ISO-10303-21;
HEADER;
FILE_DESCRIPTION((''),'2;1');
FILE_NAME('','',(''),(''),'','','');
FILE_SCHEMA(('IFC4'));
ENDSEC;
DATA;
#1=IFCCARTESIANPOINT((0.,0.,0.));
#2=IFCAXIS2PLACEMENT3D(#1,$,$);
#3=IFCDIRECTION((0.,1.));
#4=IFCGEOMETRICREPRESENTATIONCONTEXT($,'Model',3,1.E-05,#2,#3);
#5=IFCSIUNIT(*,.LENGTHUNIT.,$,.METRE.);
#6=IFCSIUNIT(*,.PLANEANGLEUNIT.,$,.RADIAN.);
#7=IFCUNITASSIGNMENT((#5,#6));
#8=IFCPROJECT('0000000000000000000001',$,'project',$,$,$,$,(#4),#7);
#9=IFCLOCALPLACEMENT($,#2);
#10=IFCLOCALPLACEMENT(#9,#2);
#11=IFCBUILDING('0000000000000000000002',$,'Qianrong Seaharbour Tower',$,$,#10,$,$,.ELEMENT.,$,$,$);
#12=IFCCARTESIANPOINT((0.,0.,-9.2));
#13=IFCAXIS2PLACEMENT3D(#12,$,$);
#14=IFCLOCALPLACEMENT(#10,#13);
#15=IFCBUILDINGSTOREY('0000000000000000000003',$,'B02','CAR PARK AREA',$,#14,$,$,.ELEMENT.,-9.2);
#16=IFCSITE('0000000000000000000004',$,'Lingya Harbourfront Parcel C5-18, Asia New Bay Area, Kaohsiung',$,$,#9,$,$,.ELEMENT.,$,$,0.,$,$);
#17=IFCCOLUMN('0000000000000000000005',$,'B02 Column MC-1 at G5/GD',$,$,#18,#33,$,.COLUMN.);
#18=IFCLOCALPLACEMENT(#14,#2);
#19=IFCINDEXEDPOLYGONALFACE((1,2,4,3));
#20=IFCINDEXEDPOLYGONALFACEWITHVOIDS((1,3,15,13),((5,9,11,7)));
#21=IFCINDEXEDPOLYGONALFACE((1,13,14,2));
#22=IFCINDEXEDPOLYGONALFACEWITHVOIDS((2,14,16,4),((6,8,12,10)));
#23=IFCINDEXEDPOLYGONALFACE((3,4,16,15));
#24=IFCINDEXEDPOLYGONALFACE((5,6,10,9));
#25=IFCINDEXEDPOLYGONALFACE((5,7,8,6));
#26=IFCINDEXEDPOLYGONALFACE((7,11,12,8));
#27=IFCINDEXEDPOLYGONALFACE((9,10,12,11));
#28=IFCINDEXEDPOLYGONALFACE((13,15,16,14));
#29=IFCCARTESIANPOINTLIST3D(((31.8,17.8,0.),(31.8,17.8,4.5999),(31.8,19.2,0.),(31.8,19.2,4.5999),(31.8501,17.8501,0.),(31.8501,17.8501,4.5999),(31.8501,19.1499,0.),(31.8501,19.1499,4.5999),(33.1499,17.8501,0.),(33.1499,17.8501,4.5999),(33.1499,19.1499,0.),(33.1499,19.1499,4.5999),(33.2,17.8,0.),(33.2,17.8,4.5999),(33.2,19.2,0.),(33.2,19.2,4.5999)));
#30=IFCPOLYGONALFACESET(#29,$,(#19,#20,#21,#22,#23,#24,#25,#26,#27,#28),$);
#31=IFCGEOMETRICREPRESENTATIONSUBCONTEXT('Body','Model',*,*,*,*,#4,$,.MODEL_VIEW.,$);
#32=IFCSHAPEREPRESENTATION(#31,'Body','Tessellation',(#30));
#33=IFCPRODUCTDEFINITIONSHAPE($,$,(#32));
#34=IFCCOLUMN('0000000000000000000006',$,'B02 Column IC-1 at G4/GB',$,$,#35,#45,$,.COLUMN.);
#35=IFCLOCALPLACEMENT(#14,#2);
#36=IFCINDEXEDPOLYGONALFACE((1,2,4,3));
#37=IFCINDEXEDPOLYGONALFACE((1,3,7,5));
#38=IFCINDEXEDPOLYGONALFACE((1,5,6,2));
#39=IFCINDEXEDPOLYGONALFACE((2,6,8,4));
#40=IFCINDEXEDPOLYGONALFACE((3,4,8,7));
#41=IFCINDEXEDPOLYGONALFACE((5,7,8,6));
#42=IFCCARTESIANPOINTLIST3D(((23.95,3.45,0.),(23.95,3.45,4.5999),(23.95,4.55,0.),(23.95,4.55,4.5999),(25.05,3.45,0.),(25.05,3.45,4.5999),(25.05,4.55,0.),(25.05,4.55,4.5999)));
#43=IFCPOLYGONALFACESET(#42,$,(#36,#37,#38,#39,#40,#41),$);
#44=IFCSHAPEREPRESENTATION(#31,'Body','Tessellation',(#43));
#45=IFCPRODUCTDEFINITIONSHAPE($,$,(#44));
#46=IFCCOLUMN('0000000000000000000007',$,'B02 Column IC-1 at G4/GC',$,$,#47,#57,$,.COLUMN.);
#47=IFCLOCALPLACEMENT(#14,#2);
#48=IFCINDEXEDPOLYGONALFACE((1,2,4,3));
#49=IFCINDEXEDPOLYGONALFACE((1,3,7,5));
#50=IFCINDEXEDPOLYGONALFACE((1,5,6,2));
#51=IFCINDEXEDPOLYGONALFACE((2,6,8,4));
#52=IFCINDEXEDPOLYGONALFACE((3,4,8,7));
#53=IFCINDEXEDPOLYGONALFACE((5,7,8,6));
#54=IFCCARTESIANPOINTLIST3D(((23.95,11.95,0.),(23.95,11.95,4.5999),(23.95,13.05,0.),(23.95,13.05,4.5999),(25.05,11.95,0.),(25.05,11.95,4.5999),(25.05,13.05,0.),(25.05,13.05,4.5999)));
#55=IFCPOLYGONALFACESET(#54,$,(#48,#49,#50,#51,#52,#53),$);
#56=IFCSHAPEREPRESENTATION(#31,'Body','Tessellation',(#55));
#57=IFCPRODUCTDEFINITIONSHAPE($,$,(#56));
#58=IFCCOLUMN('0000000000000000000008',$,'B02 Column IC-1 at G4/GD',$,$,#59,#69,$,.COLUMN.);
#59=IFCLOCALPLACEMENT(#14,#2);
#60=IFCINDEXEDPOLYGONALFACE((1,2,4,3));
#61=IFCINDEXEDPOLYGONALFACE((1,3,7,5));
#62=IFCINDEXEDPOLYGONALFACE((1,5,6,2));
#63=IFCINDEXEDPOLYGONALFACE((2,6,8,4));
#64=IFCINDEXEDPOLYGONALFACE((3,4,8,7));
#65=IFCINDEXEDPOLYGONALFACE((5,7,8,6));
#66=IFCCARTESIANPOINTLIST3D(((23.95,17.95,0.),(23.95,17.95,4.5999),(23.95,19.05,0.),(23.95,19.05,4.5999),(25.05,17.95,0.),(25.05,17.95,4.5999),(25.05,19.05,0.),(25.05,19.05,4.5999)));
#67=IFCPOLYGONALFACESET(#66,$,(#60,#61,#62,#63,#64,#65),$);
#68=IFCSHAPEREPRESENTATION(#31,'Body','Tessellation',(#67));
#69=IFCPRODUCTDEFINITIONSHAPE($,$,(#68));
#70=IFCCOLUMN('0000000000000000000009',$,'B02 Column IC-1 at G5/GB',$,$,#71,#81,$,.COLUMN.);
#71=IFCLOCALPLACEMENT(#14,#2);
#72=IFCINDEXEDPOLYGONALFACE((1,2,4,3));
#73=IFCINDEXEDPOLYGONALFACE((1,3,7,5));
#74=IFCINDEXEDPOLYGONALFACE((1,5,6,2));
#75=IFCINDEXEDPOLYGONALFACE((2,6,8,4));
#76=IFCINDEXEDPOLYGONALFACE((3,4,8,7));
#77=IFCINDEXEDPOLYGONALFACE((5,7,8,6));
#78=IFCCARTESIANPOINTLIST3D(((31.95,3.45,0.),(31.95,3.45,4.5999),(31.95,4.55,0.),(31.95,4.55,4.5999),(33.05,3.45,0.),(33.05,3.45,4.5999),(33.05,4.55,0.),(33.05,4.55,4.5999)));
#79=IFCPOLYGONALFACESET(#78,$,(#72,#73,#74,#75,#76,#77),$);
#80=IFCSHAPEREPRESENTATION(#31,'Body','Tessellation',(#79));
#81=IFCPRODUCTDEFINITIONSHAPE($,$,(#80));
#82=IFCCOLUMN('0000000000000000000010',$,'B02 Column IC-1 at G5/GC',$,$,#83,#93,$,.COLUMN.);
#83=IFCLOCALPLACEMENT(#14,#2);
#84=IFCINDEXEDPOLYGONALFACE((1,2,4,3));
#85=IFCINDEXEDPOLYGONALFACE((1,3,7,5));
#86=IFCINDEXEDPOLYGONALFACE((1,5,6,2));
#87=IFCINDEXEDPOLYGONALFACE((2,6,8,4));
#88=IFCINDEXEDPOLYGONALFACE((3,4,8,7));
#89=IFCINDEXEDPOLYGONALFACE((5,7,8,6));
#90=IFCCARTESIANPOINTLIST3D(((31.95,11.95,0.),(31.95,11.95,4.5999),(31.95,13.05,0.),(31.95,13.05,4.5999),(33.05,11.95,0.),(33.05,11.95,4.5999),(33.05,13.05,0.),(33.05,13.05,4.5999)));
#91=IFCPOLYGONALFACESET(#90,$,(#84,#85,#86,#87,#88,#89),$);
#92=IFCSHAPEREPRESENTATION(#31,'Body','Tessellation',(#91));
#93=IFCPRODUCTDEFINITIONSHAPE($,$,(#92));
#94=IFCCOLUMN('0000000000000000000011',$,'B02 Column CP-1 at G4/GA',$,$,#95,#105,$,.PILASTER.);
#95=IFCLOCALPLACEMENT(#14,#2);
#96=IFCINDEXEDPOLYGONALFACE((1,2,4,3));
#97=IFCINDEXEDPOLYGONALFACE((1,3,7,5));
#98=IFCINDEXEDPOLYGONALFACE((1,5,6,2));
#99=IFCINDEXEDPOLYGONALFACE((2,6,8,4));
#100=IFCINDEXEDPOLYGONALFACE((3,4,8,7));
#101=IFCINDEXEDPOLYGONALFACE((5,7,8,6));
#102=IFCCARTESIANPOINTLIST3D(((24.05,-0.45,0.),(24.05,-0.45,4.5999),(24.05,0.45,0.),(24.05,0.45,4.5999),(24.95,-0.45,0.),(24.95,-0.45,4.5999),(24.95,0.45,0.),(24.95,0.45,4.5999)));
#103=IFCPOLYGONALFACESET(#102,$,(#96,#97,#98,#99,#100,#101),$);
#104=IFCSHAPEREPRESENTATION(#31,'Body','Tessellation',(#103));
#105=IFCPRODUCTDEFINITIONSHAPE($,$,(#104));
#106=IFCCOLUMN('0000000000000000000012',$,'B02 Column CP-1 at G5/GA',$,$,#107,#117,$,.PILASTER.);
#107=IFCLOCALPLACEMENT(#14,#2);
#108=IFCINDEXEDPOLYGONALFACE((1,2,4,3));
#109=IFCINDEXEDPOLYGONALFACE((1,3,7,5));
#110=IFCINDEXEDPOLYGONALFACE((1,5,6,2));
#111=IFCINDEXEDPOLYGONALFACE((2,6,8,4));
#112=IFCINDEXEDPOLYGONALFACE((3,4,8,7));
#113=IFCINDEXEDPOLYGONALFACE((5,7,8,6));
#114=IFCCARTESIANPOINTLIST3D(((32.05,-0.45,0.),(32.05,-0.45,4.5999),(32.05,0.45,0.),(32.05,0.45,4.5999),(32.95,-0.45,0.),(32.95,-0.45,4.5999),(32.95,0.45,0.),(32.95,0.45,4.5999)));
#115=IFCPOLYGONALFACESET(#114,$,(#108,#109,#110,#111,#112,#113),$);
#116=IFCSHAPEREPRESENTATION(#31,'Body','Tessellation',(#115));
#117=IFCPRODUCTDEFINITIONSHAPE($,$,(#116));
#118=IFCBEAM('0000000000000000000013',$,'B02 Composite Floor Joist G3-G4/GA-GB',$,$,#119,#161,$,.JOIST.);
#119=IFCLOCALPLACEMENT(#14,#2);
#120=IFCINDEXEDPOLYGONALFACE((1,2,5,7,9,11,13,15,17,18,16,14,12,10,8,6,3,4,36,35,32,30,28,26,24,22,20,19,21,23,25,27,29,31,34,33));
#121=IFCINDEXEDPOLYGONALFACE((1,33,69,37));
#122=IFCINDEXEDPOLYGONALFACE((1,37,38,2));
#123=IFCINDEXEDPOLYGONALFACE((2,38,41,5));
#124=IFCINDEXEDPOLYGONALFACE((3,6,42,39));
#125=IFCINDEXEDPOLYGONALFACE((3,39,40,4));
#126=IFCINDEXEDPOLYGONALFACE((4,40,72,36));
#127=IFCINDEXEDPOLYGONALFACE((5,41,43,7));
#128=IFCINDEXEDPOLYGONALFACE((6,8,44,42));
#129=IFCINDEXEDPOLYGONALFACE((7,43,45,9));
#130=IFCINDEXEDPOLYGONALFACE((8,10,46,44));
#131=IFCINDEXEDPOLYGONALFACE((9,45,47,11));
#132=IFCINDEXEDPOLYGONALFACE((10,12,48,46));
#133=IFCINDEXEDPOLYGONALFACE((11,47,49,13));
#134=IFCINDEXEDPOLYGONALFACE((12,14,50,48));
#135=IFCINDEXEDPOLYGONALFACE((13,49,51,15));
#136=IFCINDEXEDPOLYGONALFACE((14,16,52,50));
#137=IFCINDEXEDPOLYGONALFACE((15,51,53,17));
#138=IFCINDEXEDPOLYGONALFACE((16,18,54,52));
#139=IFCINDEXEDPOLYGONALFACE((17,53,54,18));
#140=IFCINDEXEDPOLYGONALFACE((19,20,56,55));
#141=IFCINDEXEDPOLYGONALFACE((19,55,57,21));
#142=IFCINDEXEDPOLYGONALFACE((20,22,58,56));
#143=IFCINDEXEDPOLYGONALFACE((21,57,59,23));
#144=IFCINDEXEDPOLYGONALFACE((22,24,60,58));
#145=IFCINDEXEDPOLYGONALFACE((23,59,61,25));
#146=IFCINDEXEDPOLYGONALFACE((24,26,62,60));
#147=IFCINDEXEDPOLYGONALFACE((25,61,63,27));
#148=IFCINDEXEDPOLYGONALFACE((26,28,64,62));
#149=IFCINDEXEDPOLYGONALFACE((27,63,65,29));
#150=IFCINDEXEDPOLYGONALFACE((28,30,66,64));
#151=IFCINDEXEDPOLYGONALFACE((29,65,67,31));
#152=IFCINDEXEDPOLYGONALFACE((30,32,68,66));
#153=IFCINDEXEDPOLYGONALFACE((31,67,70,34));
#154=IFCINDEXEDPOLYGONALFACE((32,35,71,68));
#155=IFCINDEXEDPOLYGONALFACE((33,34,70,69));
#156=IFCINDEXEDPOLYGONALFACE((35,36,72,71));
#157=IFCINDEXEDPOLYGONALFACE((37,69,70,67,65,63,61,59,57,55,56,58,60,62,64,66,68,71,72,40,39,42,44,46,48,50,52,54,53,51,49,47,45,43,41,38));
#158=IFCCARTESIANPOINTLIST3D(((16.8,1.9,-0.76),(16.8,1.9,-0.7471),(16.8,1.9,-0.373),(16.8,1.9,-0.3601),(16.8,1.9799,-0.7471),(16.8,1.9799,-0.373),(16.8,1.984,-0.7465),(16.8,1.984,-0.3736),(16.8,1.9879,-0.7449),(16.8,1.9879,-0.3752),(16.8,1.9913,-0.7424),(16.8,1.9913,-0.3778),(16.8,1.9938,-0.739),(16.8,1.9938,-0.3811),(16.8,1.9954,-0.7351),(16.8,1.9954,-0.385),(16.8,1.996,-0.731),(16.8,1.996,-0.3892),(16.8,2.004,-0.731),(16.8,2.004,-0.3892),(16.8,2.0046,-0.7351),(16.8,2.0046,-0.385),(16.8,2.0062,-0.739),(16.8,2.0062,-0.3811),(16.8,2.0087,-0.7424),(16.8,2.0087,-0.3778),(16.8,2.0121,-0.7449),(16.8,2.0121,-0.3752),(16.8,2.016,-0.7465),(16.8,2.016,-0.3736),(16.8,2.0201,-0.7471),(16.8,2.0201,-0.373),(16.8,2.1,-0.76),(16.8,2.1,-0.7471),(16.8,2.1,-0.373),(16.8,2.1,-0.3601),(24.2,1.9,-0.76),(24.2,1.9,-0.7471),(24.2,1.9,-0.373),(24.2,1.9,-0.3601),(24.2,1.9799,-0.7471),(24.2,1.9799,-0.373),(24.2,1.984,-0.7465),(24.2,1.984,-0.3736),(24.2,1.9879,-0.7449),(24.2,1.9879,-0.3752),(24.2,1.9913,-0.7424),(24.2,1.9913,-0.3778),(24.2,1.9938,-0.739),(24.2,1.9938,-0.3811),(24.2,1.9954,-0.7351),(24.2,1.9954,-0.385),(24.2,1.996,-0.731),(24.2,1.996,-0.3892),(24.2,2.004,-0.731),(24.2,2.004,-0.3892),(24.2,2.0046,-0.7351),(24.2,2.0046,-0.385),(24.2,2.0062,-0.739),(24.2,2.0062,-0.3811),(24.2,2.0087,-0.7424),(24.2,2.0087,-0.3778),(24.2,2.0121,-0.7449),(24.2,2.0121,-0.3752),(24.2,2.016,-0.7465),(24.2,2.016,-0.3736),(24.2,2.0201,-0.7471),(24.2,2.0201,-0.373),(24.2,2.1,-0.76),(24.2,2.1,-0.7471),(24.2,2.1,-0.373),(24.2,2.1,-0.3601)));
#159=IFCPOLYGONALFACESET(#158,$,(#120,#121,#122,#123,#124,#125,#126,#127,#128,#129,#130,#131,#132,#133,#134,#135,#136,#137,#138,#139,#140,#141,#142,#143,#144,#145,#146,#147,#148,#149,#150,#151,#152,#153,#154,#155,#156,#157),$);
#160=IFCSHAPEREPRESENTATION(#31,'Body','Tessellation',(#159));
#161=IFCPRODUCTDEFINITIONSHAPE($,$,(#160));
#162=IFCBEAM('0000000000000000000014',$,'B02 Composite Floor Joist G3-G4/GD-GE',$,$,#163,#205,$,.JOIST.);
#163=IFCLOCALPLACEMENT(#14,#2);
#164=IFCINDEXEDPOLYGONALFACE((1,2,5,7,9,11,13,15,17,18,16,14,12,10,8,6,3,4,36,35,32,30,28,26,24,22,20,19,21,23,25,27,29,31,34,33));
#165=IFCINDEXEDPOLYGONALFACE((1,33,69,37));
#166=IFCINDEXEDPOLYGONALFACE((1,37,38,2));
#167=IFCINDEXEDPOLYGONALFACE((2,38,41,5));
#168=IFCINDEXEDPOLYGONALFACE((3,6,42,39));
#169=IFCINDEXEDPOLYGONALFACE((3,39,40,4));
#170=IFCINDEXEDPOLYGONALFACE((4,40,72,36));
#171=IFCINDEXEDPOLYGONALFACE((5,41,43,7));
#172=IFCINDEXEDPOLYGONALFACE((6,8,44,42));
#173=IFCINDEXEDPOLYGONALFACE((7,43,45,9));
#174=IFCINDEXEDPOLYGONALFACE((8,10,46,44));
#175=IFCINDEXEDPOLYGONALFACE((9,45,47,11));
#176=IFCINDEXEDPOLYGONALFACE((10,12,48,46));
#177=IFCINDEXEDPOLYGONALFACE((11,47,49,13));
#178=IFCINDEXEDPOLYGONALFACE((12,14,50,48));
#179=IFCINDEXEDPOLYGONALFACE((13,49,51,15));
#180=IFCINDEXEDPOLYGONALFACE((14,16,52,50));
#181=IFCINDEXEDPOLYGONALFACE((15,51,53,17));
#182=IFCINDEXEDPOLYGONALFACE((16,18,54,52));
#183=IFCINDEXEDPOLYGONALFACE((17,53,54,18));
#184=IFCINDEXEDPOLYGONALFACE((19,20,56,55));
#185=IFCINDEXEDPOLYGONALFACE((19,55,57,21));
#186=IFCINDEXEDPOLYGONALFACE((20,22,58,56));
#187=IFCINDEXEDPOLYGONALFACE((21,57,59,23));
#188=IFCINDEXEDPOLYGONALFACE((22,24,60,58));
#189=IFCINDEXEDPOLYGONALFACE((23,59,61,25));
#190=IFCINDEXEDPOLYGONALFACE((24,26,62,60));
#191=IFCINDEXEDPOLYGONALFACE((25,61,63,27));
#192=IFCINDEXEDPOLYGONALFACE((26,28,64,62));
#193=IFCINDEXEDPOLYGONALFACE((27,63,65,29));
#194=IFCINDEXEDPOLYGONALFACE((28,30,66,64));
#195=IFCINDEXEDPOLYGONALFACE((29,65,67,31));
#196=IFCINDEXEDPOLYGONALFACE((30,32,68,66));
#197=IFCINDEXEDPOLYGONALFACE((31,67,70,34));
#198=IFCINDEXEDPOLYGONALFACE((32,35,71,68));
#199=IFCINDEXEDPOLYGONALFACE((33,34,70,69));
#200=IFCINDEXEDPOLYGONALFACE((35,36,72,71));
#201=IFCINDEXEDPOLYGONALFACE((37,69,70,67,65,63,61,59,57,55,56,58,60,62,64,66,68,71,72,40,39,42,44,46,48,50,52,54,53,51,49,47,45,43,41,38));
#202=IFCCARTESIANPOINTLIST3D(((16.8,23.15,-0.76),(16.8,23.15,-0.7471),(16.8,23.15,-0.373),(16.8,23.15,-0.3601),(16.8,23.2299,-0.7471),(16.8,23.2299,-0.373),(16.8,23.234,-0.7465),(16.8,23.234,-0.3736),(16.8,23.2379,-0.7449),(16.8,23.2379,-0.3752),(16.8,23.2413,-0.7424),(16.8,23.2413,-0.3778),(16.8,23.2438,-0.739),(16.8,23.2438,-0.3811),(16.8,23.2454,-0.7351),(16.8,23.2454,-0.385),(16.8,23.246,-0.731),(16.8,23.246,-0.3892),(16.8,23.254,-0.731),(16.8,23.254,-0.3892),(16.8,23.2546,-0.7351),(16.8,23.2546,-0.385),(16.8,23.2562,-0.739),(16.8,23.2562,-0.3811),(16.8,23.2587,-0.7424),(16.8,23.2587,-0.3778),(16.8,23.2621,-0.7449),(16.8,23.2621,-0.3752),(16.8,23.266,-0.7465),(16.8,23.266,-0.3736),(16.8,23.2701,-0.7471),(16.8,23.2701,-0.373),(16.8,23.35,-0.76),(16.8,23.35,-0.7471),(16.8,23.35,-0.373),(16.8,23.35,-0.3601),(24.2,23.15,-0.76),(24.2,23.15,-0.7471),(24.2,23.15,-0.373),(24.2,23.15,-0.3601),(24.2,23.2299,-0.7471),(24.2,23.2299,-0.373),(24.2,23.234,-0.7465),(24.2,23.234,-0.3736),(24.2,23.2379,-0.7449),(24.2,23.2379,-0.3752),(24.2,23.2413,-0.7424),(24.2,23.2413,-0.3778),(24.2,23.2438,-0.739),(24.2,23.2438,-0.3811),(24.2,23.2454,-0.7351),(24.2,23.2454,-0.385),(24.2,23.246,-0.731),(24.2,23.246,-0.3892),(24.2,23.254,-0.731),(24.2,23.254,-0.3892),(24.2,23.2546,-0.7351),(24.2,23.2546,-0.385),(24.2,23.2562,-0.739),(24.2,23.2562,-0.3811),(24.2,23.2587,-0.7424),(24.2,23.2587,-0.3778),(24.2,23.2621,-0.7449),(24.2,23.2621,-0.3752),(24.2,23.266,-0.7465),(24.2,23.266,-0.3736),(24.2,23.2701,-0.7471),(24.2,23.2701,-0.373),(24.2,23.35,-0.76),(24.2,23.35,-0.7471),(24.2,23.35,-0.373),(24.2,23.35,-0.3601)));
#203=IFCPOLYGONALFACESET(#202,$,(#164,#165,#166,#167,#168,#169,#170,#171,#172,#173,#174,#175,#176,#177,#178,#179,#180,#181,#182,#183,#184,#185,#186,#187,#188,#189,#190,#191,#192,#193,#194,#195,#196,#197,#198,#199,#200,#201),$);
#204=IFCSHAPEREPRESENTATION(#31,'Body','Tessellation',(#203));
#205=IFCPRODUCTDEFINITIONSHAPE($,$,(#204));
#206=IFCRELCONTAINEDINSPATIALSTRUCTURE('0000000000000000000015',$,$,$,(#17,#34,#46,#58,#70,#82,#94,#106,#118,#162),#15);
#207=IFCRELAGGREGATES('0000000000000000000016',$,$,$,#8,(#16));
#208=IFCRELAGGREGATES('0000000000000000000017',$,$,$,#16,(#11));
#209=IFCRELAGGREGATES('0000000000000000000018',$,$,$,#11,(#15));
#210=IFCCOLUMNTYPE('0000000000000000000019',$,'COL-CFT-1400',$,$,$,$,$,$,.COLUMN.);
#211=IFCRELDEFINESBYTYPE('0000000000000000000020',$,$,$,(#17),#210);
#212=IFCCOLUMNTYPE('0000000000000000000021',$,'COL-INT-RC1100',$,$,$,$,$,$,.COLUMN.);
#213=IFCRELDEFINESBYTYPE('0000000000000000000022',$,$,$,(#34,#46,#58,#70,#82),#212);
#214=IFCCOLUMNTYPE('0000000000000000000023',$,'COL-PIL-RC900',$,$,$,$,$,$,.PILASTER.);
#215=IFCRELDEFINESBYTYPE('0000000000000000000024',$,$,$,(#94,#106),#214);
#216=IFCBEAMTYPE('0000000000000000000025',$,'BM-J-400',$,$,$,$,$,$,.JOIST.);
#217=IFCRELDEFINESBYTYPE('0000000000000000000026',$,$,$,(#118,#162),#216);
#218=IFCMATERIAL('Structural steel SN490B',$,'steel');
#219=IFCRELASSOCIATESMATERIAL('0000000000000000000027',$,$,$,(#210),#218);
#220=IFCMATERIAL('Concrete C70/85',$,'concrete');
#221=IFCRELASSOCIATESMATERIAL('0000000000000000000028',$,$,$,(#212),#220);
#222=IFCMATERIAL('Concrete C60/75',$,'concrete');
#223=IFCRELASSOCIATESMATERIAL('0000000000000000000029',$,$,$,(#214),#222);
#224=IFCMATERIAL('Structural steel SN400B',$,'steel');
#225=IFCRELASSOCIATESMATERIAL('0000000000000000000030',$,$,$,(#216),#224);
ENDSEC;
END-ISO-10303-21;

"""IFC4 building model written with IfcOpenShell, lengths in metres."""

from ifc_helpers import new_model, si_unit, direction, frame, origin, origin_2d, place, context, subcontext, project, spatial, rectangle, hollow_rectangle, i_section, extrude, material, material_profile, profile_set, type_object, element, save


model = new_model("IFC4")

# Units and contexts
model_context = context("Model", 3, precision=1e-05, world=origin(), true_north=direction((0.0, 1.0)))
body_context = subcontext(model_context, "Body", "Model", "MODEL_VIEW")
ifc_project = project(units=[si_unit("LENGTHUNIT", "METRE"), si_unit("PLANEANGLEUNIT", "RADIAN")], contexts=[model_context])

# Site, building, storey
site_placement = place(None, origin())
site = spatial("IfcSite", under=ifc_project, at=site_placement, Name="Lingya Harbourfront Parcel C5-18, Asia New Bay Area, Kaohsiung", CompositionType="ELEMENT", RefElevation=0.0)
building_placement = place(site_placement, origin())
building = spatial("IfcBuilding", under=site, at=building_placement, Name="Qianrong Seaharbour Tower", CompositionType="ELEMENT")
storey_placement = place(building_placement, frame((0.0, 0.0, -9.2)))
storey = spatial("IfcBuildingStorey", under=building, at=storey_placement, Name="B02", Description="CAR PARK AREA", CompositionType="ELEMENT", Elevation=-9.2)

# Columns
ifc_material_1 = material(Name="Structural steel SN490B", Category="steel")
ifc_material_profile_1 = material_profile(ifc_material_1, hollow_rectangle(XDim=1.3999, YDim=1.3999, WallThickness=0.05, at=origin_2d()), Name="BOX1400x1400x50")
ifc_profile_set_1 = profile_set([ifc_material_profile_1], Name="Structural steel SN490B")
column_type_1 = type_object("IfcColumnType", Name="COL-CFT-1400", PredefinedType="COLUMN", material=ifc_profile_set_1)
column_placement = place(storey_placement, frame((32.5, 18.5, 0.0), z_axis=(0.0, 0.0, 1.0), x_axis=(1.0, 0.0, 0.0)))
element("IfcColumn", 1, at=column_placement, inside=storey, type_object=column_type_1, Name="B02 Column MC-1 at G5/GD", PredefinedType="COLUMN", context=body_context, shape_type="SweptSolid", body=[
    extrude(hollow_rectangle(XDim=1.3999, YDim=1.3999, WallThickness=0.05, at=origin_2d()), origin(), (0.0, 0.0, 1.0), 4.5999),
])
ifc_material_2 = material(Name="Concrete C70/85", Category="concrete")
ifc_material_profile_2 = material_profile(ifc_material_2, rectangle(XDim=1.1001, YDim=1.1001, at=origin_2d()), Name="RC1100x1100")
ifc_profile_set_2 = profile_set([ifc_material_profile_2], Name="Concrete C70/85")
column_type_2 = type_object("IfcColumnType", Name="COL-INT-RC1100", PredefinedType="COLUMN", material=ifc_profile_set_2)
for number, where, z_axis, x_axis, name in (
    (2, (24.5, 4.0, 0.0), (0.0, 0.0, 1.0), (1.0, 0.0, 0.0), "B02 Column IC-1 at G4/GB"),
    (3, (24.5, 12.5, 0.0), (0.0, 0.0, 1.0), (1.0, 0.0, 0.0), "B02 Column IC-1 at G4/GC"),
    (4, (24.5, 18.5, 0.0), (0.0, 0.0, 1.0), (1.0, 0.0, 0.0), "B02 Column IC-1 at G4/GD"),
    (5, (32.5, 4.0, 0.0), (0.0, 0.0, 1.0), (1.0, 0.0, 0.0), "B02 Column IC-1 at G5/GB"),
    (6, (32.5, 12.5, 0.0), (0.0, 0.0, 1.0), (1.0, 0.0, 0.0), "B02 Column IC-1 at G5/GC"),
):
    element("IfcColumn", number, at=place(storey_placement, frame(where, z_axis=z_axis, x_axis=x_axis)), inside=storey, type_object=column_type_2, Name=name, PredefinedType="COLUMN", context=body_context, shape_type="SweptSolid", body=[
        extrude(rectangle(XDim=1.1001, YDim=1.1001, at=origin_2d()), origin(), (0.0, 0.0, 1.0), 4.5999),
    ])
ifc_material_3 = material(Name="Concrete C60/75", Category="concrete")
ifc_material_profile_3 = material_profile(ifc_material_3, rectangle(XDim=0.8999, YDim=0.8999, at=origin_2d()), Name="RC900x900")
ifc_profile_set_3 = profile_set([ifc_material_profile_3], Name="Concrete C60/75")
column_type_3 = type_object("IfcColumnType", Name="COL-PIL-RC900", PredefinedType="PILASTER", material=ifc_profile_set_3)
for number, where, z_axis, x_axis, name in (
    (7, (24.5, 0.0, 0.0), (0.0, 0.0, 1.0), (1.0, 0.0, 0.0), "B02 Column CP-1 at G4/GA"),
    (8, (32.5, 0.0, 0.0), (0.0, 0.0, 1.0), (1.0, 0.0, 0.0), "B02 Column CP-1 at G5/GA"),
):
    element("IfcColumn", number, at=place(storey_placement, frame(where, z_axis=z_axis, x_axis=x_axis)), inside=storey, type_object=column_type_3, Name=name, PredefinedType="PILASTER", context=body_context, shape_type="SweptSolid", body=[
        extrude(rectangle(XDim=0.8999, YDim=0.8999, at=origin_2d()), origin(), (0.0, 0.0, 1.0), 4.5999),
    ])

# Beams
ifc_material_4 = material(Name="Structural steel SN400B", Category="steel")
ifc_material_profile_4 = material_profile(ifc_material_4, i_section(OverallWidth=0.2, OverallDepth=0.3999, WebThickness=0.0081, FlangeThickness=0.0129, FilletRadius=0.0161, at=origin_2d()), Name="H400x200x8x13")
ifc_profile_set_4 = profile_set([ifc_material_profile_4], Name="Structural steel SN400B")
beam_type_1 = type_object("IfcBeamType", Name="BM-J-400", PredefinedType="JOIST", material=ifc_profile_set_4)
for number, where, z_axis, x_axis, name in (
    (9, (16.8, 2.0, -0.5601), (1.0, 0.0, 0.0), (0.0, 1.0, 0.0), "B02 Composite Floor Joist G3-G4/GA-GB"),
    (10, (16.8, 23.25, -0.5601), (1.0, 0.0, 0.0), (0.0, 1.0, 0.0), "B02 Composite Floor Joist G3-G4/GD-GE"),
):
    element("IfcBeam", number, at=place(storey_placement, frame(where, z_axis=z_axis, x_axis=x_axis)), inside=storey, type_object=beam_type_1, Name=name, PredefinedType="JOIST", context=body_context, shape_type="SweptSolid", body=[
        extrude(i_section(OverallWidth=0.2, OverallDepth=0.3999, WebThickness=0.0081, FlangeThickness=0.0129, FilletRadius=0.0161, at=origin_2d()), origin(), (0.0, 0.0, 1.0), 7.3999),
    ])

save(model, "model.ifc")
